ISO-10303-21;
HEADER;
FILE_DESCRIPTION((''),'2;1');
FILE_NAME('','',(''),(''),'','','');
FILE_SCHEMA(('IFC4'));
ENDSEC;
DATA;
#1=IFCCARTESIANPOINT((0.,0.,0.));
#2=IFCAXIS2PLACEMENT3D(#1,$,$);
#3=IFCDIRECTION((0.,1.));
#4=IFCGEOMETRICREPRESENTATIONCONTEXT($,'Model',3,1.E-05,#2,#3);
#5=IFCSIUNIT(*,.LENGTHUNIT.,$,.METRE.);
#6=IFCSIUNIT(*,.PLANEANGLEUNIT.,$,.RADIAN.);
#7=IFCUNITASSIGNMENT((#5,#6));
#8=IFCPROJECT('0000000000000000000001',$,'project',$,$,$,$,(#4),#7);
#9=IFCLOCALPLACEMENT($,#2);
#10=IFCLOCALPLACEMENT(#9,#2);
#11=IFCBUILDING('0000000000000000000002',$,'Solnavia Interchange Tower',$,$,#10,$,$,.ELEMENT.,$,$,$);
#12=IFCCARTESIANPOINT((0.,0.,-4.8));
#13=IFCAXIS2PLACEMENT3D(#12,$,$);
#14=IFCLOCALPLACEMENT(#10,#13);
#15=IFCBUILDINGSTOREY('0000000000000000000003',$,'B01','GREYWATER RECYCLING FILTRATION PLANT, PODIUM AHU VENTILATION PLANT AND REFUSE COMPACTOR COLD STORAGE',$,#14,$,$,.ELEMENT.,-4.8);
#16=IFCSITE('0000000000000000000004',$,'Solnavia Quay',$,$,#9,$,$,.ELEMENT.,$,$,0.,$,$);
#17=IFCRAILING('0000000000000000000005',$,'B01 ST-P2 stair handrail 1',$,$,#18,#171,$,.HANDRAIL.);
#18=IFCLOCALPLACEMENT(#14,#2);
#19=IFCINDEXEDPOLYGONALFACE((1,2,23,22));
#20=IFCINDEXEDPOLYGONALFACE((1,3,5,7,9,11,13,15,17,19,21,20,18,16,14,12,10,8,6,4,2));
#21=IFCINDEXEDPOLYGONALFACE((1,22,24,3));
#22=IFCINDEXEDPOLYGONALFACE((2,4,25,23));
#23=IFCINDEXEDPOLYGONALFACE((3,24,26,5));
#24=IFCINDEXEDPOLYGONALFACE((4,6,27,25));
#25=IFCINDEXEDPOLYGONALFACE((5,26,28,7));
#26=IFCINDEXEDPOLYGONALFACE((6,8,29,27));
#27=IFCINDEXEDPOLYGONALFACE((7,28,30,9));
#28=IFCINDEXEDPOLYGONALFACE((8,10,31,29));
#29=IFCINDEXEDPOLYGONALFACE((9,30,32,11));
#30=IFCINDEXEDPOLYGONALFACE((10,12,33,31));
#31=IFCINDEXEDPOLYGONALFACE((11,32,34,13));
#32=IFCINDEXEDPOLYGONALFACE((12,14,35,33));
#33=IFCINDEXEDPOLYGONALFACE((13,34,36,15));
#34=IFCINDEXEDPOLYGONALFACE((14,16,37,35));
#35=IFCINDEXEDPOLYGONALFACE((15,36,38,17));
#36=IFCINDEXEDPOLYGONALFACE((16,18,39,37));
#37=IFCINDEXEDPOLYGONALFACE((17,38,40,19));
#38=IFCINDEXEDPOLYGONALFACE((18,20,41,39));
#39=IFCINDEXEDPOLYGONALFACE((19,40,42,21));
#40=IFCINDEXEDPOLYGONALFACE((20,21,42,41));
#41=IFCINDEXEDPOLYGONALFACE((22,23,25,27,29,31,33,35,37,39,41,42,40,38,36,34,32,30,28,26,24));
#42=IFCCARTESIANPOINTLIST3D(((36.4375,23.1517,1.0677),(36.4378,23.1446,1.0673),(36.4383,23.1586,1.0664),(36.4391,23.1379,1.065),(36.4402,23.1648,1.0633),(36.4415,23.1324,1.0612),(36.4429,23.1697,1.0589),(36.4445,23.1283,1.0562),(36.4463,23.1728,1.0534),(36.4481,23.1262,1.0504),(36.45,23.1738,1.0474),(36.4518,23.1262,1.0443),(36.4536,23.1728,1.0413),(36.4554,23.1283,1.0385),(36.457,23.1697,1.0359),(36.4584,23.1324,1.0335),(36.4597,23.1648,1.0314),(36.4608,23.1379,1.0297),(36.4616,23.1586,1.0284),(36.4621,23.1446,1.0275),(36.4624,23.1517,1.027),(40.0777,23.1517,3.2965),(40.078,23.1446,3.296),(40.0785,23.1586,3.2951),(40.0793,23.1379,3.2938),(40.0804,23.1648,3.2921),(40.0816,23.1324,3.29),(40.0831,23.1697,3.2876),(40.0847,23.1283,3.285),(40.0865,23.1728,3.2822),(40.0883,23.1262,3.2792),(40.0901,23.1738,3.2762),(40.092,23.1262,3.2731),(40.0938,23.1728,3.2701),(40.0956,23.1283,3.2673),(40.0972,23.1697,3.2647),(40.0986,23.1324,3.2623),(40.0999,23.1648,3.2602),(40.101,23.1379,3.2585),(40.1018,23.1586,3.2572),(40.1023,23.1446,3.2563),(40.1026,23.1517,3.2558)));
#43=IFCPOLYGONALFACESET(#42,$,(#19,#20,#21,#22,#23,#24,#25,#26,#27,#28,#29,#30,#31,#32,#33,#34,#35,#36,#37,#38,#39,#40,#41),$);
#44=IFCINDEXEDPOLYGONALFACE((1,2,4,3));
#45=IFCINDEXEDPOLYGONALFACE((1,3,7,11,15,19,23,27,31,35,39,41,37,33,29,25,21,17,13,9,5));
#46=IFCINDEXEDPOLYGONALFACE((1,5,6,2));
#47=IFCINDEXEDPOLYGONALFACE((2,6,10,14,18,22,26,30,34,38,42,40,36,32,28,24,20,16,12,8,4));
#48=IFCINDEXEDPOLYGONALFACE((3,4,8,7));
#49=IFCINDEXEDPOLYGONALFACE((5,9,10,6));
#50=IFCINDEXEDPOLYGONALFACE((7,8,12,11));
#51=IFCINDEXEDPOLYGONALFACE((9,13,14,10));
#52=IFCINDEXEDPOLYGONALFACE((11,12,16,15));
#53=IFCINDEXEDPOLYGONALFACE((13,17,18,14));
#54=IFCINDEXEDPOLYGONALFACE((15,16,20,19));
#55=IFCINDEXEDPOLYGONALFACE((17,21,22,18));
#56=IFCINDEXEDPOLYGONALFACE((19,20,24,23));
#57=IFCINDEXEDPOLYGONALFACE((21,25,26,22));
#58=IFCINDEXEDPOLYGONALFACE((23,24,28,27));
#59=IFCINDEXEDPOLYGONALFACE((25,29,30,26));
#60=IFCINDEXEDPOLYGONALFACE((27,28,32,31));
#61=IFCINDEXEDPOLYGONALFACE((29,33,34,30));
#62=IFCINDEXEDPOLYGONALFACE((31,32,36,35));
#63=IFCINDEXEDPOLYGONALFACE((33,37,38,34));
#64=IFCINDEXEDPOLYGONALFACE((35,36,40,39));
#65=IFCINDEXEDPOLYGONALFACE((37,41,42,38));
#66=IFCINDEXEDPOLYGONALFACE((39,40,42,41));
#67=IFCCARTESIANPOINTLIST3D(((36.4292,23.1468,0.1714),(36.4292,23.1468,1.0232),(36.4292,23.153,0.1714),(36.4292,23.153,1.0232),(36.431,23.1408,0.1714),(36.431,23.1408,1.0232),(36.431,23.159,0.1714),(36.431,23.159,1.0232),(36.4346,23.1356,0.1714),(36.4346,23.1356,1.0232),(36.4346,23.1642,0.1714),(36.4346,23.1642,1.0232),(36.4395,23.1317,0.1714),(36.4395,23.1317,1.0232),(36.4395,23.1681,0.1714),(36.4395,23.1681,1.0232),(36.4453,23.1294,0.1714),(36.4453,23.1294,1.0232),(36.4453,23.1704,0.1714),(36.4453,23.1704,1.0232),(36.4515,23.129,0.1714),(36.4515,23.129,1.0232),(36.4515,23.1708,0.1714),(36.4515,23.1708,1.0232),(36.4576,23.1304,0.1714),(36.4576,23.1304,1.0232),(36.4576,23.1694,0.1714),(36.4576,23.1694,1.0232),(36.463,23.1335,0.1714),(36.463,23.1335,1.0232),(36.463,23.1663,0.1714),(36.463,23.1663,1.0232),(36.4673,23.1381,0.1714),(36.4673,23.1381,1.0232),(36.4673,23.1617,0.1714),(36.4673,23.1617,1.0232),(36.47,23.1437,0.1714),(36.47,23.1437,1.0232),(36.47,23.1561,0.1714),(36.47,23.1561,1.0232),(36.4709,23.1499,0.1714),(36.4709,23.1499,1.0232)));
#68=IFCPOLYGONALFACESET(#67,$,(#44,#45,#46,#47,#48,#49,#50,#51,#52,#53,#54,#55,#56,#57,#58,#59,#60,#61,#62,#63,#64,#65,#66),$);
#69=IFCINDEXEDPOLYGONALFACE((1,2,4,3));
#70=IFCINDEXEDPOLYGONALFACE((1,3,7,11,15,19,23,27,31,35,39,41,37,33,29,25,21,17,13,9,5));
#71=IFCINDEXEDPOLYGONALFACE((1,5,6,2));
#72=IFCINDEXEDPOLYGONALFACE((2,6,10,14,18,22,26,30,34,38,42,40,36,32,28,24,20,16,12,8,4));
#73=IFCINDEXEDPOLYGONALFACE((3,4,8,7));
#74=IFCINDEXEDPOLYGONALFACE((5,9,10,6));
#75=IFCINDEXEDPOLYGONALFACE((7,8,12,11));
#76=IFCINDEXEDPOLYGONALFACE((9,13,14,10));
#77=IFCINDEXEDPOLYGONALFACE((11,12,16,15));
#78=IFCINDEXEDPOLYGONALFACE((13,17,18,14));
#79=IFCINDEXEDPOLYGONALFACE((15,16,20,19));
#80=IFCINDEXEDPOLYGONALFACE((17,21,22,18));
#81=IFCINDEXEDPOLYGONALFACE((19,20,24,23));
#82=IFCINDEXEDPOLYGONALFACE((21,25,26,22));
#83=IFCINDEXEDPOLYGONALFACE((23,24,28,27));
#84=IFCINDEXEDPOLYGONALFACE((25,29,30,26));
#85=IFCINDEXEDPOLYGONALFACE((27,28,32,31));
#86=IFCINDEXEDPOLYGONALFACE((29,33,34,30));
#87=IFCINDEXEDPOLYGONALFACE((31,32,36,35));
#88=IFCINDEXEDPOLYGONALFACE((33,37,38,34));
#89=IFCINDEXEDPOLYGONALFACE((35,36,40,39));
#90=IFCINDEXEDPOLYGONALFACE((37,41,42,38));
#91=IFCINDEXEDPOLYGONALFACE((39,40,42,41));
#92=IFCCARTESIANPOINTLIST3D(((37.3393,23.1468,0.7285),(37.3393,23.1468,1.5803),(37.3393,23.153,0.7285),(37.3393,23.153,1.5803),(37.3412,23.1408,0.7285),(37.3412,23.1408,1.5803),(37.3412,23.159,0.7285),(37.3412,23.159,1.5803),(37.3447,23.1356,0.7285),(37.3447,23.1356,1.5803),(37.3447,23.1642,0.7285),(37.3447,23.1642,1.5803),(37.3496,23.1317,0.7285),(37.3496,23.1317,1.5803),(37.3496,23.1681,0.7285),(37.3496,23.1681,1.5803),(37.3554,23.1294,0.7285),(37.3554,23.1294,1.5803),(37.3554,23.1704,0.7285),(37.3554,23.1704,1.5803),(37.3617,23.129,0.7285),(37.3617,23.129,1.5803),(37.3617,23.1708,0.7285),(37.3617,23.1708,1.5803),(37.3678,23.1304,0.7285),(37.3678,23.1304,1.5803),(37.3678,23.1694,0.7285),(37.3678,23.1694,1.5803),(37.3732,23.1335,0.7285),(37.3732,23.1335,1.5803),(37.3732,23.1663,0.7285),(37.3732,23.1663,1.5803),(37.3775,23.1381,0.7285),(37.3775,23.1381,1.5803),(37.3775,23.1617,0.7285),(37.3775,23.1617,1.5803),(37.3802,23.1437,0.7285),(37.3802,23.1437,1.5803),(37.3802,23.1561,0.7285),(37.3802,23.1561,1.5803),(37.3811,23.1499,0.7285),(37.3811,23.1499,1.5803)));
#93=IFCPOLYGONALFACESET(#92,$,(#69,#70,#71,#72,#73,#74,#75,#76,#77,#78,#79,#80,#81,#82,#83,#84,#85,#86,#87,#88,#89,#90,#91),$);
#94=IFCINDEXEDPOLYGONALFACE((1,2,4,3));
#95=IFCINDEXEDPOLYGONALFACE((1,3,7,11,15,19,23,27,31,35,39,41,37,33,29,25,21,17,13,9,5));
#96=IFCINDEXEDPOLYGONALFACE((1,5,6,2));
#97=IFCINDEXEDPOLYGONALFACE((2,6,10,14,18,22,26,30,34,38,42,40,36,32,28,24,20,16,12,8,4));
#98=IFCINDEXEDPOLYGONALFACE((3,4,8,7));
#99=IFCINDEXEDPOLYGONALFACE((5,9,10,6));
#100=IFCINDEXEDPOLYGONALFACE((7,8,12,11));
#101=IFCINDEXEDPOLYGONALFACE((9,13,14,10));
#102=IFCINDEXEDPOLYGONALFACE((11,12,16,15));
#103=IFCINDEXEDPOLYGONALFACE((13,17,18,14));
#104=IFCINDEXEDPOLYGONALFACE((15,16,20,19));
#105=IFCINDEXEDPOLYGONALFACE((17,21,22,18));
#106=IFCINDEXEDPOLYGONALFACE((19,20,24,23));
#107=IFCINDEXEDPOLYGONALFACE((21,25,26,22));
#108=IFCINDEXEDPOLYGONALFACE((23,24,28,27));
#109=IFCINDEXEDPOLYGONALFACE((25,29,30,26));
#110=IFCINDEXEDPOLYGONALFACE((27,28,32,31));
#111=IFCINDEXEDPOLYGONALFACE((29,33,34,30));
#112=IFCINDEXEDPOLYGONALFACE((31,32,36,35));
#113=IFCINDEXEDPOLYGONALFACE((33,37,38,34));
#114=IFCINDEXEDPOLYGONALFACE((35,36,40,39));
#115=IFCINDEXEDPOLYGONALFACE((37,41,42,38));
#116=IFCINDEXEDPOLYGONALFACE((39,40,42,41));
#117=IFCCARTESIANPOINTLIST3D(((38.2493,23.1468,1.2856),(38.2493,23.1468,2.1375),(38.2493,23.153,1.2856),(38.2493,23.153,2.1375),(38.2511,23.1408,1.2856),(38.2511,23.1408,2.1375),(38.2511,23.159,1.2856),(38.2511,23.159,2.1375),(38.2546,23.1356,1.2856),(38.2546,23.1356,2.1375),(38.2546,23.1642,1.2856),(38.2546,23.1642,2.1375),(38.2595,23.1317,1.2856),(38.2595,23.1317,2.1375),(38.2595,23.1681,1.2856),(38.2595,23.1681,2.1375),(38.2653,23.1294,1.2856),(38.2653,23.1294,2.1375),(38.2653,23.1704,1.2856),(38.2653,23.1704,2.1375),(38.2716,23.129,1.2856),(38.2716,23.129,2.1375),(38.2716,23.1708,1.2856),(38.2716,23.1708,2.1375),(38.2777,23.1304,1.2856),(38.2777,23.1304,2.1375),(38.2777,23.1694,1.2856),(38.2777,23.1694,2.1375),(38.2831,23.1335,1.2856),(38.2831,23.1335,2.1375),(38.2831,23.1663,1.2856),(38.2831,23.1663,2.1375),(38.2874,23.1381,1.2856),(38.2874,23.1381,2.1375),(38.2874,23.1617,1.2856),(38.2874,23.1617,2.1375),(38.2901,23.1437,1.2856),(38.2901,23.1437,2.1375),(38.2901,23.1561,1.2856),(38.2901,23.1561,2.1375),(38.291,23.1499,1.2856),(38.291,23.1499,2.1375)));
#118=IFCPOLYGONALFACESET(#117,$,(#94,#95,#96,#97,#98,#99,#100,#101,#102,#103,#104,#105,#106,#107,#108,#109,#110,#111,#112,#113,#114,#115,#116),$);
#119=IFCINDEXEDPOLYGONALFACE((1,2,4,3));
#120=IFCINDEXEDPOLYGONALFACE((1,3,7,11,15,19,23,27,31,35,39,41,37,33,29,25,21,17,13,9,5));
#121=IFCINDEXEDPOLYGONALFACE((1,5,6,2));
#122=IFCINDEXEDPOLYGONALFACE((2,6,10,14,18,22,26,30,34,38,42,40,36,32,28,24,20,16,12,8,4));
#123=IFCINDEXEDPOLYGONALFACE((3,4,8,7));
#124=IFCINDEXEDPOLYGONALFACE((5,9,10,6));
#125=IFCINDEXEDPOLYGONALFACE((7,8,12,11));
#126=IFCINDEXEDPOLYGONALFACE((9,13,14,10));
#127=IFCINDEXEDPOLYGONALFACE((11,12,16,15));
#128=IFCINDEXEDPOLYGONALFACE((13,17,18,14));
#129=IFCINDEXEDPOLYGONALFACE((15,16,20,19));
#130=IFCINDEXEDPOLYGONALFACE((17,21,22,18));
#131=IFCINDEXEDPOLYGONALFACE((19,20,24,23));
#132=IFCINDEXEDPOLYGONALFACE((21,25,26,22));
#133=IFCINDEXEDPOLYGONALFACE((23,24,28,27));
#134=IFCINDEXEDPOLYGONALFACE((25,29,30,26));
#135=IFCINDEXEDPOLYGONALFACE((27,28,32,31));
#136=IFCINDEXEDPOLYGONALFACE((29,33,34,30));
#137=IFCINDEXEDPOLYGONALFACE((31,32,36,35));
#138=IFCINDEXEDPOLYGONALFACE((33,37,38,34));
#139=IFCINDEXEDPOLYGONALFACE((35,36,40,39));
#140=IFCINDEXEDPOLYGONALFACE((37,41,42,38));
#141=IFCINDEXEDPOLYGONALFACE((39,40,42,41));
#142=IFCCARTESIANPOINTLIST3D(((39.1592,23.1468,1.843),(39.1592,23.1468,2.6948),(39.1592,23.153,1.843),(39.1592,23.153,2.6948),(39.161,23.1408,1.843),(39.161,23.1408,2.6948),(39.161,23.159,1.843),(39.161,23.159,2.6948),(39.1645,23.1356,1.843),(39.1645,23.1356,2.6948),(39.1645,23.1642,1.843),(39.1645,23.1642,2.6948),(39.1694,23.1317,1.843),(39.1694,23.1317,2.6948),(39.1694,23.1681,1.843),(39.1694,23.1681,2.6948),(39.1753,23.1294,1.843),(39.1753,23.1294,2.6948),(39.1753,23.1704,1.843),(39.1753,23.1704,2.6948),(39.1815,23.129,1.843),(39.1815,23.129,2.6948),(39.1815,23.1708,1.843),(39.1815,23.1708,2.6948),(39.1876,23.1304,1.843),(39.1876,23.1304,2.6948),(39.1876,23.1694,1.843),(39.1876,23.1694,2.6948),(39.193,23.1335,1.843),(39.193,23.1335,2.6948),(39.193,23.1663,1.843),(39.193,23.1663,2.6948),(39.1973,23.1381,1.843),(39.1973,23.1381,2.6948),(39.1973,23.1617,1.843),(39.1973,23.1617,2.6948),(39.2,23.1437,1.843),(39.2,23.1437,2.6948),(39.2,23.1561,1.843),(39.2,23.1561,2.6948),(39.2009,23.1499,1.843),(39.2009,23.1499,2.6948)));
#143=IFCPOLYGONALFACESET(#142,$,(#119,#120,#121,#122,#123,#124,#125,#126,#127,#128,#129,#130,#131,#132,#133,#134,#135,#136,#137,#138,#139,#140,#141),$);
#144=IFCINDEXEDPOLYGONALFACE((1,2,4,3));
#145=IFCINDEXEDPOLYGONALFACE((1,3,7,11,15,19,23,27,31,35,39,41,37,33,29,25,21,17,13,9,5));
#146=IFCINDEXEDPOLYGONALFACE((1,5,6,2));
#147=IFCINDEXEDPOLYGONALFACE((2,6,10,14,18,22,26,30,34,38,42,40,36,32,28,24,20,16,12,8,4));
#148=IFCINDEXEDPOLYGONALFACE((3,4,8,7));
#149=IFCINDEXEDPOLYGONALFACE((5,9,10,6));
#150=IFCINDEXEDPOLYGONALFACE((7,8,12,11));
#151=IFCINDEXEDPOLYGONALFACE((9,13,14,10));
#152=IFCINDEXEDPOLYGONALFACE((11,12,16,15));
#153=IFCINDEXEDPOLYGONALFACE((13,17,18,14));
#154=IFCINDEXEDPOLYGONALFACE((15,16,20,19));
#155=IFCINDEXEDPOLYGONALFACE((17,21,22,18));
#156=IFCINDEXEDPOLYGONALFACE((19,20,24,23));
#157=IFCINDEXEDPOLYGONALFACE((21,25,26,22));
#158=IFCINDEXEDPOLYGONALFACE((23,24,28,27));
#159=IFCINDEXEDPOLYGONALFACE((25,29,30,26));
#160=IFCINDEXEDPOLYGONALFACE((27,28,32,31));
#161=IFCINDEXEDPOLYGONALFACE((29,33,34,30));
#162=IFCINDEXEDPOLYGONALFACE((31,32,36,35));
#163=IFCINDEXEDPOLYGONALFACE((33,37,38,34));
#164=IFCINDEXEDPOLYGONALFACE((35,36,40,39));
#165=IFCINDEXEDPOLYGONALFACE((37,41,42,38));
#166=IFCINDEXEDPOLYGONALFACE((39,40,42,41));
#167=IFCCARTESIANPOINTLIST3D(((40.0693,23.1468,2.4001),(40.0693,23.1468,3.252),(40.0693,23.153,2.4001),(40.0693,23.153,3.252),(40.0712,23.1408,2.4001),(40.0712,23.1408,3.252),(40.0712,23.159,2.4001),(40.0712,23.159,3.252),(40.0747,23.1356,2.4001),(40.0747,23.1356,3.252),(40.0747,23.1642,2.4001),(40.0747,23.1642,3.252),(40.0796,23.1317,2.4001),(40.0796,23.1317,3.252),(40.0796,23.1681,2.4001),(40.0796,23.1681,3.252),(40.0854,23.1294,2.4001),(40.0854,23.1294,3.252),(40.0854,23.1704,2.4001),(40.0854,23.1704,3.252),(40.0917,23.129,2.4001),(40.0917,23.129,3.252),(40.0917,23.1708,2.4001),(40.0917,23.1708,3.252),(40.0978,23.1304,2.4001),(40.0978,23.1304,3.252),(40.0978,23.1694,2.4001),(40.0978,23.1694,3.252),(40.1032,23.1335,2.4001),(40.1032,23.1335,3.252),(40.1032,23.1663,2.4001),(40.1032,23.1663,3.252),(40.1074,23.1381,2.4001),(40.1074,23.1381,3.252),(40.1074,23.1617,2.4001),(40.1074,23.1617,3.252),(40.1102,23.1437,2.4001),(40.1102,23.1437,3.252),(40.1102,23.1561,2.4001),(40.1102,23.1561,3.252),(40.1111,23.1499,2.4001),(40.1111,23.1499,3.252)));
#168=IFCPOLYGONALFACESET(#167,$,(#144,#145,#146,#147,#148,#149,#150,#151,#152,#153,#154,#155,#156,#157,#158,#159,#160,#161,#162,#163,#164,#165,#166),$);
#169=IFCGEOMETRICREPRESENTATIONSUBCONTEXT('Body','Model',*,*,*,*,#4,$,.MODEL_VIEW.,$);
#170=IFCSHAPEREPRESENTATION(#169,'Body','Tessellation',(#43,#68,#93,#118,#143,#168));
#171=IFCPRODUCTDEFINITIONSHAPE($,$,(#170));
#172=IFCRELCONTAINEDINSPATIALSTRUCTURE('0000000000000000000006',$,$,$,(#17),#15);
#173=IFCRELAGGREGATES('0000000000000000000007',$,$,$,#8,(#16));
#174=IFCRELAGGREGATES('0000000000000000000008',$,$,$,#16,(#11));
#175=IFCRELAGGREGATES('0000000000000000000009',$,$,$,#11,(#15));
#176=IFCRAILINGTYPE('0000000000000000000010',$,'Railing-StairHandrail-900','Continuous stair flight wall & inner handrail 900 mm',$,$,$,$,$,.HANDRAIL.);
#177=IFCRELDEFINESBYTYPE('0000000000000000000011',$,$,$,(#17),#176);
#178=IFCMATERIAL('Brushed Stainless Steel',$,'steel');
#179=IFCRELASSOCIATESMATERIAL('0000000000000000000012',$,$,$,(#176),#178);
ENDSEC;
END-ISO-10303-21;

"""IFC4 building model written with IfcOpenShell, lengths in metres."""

from ifc_helpers import new_model, si_unit, direction, frame, origin, origin_2d, place, context, subcontext, project, spatial, circle, extrude, material, type_object, element, save


model = new_model("IFC4")

# Units and contexts
model_context = context("Model", 3, precision=1e-05, world=origin(), true_north=direction((0.0, 1.0)))
body_context = subcontext(model_context, "Body", "Model", "MODEL_VIEW")
ifc_project = project(units=[si_unit("LENGTHUNIT", "METRE"), si_unit("PLANEANGLEUNIT", "RADIAN")], contexts=[model_context])

# Site, building, storey
site_placement = place(None, origin())
site = spatial("IfcSite", under=ifc_project, at=site_placement, Name="Solnavia Quay", CompositionType="ELEMENT", RefElevation=0.0)
building_placement = place(site_placement, origin())
building = spatial("IfcBuilding", under=site, at=building_placement, Name="Solnavia Interchange Tower", CompositionType="ELEMENT")
storey_placement = place(building_placement, frame((0.0, 0.0, -4.8)))
storey = spatial("IfcBuildingStorey", under=building, at=storey_placement, Name="B01", Description="GREYWATER RECYCLING FILTRATION PLANT, PODIUM AHU VENTILATION PLANT AND REFUSE COMPACTOR COLD STORAGE", CompositionType="ELEMENT", Elevation=-4.8)

# Railing
ifc_material_1 = material(Name="Brushed Stainless Steel", Category="steel")
railing_type_1 = type_object("IfcRailingType", Name="Railing-StairHandrail-900", Description="Continuous stair flight wall & inner handrail 900 mm", PredefinedType="HANDRAIL", material=ifc_material_1)
railing_1_placement = place(storey_placement, frame((36.45, 23.1499, 0.1714)))
element("IfcRailing", 1, at=railing_1_placement, inside=storey, type_object=railing_type_1, Name="B01 ST-P2 stair handrail 1", PredefinedType="HANDRAIL", context=body_context, shape_type="SweptSolid", body=[
    extrude(circle(Radius=0.0239, at=origin_2d()), frame((0.0, 0.0, 0.876), z_axis=(0.85284, 0.0, 0.522172), x_axis=(0.0, 1.0, 0.0)), (0.0, 0.0, 1.0), 4.2683),
    extrude(circle(Radius=0.021, at=origin_2d()), origin(), (0.0, 0.0, 1.0), 0.8518),
    extrude(circle(Radius=0.021, at=origin_2d()), frame((0.9102, 0.0, 0.5571)), (0.0, 0.0, 1.0), 0.8518),
    extrude(circle(Radius=0.021, at=origin_2d()), frame((1.8201, 0.0, 1.1143)), (0.0, 0.0, 1.0), 0.8518),
    extrude(circle(Radius=0.021, at=origin_2d()), frame((2.73, 0.0, 1.6716)), (0.0, 0.0, 1.0), 0.8518),
    extrude(circle(Radius=0.021, at=origin_2d()), frame((3.6401, 0.0, 2.2288)), (0.0, 0.0, 1.0), 0.8518),
])

save(model, "model.ifc")
